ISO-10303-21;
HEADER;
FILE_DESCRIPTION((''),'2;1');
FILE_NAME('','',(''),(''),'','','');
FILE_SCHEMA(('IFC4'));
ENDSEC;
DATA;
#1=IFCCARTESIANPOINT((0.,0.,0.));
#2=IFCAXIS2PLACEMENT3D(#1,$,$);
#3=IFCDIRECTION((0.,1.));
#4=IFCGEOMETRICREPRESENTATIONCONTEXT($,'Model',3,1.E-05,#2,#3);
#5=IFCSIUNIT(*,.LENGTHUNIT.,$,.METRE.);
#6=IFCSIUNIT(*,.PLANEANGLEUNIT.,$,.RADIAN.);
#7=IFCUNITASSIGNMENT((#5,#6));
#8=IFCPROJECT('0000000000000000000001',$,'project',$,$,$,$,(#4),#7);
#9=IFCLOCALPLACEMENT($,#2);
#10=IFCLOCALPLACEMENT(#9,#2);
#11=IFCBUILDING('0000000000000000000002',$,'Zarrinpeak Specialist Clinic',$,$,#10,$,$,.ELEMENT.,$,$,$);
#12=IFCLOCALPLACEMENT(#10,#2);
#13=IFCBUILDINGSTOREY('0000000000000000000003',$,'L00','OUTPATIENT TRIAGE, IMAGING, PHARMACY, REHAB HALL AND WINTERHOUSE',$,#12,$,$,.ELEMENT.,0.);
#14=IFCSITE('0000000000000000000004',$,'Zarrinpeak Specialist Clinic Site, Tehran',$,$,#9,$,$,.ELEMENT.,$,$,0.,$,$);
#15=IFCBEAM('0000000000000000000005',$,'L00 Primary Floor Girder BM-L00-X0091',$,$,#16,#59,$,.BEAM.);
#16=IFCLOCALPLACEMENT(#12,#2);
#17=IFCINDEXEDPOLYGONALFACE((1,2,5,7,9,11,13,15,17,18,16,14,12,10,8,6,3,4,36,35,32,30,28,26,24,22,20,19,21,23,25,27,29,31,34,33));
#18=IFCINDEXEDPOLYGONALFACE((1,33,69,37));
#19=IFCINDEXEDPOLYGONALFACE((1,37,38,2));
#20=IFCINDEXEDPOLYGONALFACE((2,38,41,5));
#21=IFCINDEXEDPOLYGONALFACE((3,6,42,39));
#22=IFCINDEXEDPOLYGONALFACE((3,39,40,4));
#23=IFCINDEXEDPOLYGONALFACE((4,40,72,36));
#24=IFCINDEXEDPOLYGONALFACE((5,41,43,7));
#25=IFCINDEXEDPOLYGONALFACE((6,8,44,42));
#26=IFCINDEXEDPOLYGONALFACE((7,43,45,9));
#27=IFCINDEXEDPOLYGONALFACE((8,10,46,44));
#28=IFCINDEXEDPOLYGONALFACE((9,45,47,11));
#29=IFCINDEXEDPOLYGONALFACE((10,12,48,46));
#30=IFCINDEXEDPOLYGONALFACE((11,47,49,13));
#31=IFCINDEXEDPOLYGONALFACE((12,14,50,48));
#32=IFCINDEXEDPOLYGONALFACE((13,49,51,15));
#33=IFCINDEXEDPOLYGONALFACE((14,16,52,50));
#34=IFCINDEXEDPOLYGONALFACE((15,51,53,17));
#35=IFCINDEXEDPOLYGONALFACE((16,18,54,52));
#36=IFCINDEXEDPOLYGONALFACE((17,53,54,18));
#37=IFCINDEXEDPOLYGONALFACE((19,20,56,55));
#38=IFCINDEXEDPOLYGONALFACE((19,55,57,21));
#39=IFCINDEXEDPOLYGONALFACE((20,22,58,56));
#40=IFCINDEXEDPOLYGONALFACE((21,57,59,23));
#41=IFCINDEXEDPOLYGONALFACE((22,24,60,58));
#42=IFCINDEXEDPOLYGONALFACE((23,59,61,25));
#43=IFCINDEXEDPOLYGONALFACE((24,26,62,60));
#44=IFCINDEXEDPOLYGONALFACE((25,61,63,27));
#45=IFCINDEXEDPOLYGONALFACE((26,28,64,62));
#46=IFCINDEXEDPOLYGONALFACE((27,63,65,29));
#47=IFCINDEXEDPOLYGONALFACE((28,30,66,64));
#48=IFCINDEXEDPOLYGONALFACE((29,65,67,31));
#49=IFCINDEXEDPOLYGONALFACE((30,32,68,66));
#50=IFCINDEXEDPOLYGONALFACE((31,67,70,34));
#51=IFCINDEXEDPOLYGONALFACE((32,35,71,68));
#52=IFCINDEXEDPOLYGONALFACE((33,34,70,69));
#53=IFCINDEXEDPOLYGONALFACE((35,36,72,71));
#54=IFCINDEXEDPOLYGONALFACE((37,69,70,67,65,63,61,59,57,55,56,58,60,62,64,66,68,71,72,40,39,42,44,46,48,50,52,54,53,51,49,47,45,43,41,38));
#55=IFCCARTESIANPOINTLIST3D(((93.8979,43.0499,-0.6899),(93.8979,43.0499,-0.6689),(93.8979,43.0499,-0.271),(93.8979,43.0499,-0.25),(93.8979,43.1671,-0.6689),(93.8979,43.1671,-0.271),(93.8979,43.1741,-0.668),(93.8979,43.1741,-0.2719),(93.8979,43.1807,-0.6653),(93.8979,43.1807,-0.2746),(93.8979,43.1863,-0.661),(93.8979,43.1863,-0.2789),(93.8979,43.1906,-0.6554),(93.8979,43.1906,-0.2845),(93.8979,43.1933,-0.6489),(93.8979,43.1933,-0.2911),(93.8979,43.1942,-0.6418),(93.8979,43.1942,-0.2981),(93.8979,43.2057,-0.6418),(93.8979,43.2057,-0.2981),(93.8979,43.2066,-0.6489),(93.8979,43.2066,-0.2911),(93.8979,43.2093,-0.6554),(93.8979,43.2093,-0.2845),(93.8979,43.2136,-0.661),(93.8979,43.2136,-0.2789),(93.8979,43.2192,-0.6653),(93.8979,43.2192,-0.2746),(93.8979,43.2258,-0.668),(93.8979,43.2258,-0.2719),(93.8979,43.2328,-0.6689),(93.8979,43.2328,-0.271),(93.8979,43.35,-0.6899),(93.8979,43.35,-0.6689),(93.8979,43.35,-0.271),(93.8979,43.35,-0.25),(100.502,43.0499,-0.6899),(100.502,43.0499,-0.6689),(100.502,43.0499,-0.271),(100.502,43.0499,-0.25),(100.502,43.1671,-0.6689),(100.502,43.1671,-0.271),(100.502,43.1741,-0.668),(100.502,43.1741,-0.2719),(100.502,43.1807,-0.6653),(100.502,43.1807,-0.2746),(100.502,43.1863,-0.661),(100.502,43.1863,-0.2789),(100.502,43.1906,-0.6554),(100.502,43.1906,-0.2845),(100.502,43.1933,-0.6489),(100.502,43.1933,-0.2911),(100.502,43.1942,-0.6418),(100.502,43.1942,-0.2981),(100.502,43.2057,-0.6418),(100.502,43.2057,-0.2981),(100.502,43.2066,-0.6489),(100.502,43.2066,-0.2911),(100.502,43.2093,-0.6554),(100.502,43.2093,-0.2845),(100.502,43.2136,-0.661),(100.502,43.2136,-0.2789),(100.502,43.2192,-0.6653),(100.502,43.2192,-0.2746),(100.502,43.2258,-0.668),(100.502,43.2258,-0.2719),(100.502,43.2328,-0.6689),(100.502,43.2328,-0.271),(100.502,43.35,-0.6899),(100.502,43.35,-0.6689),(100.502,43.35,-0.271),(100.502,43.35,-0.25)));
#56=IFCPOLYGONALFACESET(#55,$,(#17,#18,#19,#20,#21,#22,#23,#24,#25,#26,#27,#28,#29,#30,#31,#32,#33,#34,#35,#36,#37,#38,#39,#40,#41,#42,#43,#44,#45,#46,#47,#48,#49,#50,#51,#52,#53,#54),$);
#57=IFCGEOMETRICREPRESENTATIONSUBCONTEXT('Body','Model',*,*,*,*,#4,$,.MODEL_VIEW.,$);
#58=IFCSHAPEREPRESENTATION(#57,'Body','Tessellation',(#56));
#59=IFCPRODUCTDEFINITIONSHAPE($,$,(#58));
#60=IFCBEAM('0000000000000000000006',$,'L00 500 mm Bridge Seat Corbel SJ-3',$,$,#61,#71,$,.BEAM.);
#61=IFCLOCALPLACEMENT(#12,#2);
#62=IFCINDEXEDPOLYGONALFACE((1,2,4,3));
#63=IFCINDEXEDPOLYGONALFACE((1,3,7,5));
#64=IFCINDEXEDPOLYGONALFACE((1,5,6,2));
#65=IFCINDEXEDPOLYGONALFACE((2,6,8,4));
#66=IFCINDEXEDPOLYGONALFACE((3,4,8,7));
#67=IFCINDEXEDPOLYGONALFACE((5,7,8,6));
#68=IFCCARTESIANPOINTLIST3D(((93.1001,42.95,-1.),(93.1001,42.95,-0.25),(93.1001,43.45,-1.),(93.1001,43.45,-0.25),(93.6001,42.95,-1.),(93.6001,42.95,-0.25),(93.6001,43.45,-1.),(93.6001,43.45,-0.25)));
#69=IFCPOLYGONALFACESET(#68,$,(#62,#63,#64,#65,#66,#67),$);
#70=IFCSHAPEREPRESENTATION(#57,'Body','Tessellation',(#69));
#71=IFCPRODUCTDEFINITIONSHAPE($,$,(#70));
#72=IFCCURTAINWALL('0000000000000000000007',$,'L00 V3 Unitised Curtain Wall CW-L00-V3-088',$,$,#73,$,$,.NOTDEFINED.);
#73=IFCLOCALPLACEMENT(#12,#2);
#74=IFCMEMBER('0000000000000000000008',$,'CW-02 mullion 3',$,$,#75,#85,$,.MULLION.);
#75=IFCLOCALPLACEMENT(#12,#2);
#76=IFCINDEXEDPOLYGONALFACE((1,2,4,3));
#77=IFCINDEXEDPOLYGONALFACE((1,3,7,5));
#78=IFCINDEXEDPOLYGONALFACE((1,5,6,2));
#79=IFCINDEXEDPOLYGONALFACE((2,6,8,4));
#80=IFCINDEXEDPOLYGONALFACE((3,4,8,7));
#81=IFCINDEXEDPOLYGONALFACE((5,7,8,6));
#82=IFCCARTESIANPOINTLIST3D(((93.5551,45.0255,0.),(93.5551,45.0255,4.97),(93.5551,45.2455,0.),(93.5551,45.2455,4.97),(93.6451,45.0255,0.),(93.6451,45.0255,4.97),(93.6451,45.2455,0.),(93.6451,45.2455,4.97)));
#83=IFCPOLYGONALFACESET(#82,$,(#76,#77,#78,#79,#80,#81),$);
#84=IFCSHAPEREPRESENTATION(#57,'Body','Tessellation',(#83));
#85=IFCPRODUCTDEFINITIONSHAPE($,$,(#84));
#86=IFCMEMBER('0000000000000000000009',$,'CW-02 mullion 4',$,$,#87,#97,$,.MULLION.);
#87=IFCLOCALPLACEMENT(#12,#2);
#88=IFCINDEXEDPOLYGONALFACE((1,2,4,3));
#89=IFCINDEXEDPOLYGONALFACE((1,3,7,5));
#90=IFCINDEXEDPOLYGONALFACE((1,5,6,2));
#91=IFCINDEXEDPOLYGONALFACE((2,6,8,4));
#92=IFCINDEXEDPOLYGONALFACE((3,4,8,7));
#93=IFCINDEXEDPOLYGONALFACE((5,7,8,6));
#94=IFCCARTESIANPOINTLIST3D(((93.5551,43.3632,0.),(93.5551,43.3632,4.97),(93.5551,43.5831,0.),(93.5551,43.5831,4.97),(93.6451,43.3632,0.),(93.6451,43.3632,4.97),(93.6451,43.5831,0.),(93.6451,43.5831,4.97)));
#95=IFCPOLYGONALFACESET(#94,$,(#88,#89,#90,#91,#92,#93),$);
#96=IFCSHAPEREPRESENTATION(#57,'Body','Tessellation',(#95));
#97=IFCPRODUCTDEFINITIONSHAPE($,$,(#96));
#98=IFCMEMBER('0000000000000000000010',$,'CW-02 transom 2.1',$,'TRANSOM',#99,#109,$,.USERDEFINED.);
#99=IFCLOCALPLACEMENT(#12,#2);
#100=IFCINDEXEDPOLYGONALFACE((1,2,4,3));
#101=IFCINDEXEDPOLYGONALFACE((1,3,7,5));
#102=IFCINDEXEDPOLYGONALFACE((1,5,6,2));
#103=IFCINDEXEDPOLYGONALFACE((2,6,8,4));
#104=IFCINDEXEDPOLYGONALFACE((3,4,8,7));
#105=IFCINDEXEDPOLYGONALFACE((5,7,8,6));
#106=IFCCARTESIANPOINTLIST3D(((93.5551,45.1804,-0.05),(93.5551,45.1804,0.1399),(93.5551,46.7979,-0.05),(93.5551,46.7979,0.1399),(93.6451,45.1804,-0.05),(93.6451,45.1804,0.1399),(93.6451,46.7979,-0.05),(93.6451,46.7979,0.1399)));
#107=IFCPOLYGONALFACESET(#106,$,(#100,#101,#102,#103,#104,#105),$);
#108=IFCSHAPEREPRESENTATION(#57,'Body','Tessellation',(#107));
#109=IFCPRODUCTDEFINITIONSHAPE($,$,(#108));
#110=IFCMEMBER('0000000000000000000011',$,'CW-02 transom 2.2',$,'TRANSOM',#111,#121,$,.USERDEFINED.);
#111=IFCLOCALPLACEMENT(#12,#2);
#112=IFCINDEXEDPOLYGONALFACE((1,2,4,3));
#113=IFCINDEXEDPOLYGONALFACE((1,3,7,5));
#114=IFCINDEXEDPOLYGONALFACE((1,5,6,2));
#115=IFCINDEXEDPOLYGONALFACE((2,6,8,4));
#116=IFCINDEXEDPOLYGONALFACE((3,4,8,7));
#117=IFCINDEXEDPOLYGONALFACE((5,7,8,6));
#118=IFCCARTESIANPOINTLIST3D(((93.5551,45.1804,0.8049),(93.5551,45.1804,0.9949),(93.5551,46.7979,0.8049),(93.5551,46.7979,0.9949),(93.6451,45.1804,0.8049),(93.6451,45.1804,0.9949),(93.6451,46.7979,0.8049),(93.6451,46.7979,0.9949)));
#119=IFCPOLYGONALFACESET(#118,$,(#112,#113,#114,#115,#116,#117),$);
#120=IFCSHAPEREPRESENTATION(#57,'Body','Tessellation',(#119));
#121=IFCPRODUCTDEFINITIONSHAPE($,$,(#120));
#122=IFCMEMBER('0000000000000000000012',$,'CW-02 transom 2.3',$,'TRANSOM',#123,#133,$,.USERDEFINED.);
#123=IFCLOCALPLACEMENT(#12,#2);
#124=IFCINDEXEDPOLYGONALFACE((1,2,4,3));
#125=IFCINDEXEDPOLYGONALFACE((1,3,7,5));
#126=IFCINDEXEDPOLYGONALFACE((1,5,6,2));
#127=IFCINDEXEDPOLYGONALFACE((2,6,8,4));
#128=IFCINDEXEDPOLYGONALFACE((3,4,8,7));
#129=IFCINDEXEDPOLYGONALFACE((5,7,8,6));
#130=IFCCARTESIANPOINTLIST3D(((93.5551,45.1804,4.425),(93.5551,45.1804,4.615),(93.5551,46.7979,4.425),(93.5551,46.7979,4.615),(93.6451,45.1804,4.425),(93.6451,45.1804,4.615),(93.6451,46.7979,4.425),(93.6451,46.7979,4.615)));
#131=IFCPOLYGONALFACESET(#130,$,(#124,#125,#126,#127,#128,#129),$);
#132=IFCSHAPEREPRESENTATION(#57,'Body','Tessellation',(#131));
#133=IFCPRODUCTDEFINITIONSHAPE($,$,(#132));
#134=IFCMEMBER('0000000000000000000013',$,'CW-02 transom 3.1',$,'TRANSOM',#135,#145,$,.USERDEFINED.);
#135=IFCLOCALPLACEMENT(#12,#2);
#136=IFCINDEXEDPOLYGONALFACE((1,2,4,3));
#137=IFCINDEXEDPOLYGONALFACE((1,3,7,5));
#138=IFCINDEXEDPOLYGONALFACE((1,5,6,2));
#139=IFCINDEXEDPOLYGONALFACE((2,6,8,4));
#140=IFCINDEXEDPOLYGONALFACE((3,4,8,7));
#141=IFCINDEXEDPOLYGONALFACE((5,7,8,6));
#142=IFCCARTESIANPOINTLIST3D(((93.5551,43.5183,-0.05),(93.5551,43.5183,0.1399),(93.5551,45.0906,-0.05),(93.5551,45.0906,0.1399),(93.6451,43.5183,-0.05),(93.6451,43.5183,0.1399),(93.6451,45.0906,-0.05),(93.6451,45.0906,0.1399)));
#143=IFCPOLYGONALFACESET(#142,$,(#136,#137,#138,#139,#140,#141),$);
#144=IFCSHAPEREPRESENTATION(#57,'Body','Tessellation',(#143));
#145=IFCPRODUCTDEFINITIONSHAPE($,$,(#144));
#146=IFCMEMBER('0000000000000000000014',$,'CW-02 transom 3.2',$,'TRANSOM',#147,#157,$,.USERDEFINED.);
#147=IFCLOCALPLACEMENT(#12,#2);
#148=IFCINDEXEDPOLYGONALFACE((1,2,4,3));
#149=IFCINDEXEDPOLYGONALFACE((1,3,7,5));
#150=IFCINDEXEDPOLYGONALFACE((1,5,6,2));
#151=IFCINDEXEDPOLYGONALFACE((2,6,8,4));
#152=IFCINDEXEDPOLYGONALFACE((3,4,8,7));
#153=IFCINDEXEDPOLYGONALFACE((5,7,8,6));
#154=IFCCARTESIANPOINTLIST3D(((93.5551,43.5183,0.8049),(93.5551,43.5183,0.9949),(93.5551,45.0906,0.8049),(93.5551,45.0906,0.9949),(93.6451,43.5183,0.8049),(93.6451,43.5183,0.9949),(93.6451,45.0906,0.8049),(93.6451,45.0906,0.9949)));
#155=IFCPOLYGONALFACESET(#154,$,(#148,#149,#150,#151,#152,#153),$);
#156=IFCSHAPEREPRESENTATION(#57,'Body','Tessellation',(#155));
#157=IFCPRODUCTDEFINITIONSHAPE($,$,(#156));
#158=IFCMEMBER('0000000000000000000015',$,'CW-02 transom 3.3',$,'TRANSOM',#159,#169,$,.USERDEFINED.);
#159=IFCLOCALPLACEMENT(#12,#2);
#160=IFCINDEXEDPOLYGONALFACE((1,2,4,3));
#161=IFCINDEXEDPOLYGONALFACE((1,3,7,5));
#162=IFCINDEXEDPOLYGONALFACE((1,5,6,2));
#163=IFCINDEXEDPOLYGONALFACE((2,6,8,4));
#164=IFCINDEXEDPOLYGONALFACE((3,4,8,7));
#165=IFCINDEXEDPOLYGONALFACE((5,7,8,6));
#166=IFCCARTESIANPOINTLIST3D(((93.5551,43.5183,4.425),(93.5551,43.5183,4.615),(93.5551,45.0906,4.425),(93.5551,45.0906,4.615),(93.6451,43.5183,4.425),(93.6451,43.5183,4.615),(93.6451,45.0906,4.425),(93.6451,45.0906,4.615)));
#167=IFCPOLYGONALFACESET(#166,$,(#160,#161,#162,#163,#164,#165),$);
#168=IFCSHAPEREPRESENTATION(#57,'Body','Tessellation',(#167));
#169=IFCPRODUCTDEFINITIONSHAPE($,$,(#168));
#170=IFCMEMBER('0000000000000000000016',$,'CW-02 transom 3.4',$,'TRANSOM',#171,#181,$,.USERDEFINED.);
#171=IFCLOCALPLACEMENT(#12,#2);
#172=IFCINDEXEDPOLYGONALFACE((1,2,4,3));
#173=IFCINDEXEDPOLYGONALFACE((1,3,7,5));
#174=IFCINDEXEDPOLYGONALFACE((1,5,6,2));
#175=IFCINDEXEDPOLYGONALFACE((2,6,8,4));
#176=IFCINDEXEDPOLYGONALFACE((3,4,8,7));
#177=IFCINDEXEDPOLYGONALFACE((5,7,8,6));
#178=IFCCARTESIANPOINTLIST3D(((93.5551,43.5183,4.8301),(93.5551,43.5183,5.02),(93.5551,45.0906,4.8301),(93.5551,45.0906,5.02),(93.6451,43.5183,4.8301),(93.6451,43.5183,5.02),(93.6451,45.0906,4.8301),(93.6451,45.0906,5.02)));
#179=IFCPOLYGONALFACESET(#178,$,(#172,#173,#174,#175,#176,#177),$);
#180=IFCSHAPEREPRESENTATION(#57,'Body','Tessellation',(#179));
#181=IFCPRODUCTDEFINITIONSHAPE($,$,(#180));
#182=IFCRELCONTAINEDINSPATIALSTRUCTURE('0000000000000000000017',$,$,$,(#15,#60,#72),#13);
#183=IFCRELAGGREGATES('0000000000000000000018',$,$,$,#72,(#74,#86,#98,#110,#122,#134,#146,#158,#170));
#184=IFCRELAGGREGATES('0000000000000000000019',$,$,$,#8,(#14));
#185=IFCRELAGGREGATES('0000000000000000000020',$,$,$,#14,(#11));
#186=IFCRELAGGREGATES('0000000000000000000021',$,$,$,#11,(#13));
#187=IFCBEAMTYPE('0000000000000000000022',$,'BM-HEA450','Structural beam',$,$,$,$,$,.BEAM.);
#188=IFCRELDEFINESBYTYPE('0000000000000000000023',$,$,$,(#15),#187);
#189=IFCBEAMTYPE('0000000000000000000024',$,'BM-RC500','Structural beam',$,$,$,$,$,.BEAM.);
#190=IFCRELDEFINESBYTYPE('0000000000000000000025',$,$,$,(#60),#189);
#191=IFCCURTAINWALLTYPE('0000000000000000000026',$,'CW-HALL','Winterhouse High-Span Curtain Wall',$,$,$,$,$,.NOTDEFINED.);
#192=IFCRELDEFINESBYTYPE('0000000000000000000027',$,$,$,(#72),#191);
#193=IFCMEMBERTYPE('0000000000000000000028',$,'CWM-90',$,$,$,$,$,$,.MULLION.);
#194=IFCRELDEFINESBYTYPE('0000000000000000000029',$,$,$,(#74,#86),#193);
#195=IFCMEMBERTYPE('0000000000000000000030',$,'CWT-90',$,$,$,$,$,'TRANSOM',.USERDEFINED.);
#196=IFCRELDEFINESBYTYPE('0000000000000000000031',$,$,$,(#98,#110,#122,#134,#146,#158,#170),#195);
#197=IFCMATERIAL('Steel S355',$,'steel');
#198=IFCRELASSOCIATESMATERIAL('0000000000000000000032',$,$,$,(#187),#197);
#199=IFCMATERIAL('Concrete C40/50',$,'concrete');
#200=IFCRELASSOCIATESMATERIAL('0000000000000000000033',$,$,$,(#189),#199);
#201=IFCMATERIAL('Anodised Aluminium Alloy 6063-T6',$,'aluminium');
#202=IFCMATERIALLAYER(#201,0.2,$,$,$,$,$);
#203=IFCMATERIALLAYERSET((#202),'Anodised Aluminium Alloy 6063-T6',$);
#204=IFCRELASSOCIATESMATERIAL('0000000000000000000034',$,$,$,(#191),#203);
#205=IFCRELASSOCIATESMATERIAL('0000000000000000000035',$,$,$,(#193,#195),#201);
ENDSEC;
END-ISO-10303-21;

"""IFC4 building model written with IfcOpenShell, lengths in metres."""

from ifc_helpers import new_model, si_unit, direction, frame, origin, origin_2d, place, context, subcontext, project, spatial, rectangle, i_section, extrude, material, layer, layer_set, material_profile, profile_set, type_object, element, aggregate, save


model = new_model("IFC4")

# Units and contexts
model_context = context("Model", 3, precision=1e-05, world=origin(), true_north=direction((0.0, 1.0)))
body_context = subcontext(model_context, "Body", "Model", "MODEL_VIEW")
ifc_project = project(units=[si_unit("LENGTHUNIT", "METRE"), si_unit("PLANEANGLEUNIT", "RADIAN")], contexts=[model_context])

# Site, building, storey
site_placement = place(None, origin())
site = spatial("IfcSite", under=ifc_project, at=site_placement, Name="Zarrinpeak Specialist Clinic Site, Tehran", CompositionType="ELEMENT", RefElevation=0.0)
building_placement = place(site_placement, origin())
building = spatial("IfcBuilding", under=site, at=building_placement, Name="Zarrinpeak Specialist Clinic", CompositionType="ELEMENT")
storey_placement = place(building_placement, origin())
storey = spatial("IfcBuildingStorey", under=building, at=storey_placement, Name="L00", Description="OUTPATIENT TRIAGE, IMAGING, PHARMACY, REHAB HALL AND WINTERHOUSE", CompositionType="ELEMENT", Elevation=0.0)

# Beams
ifc_material_1 = material(Name="Steel S355", Category="steel")
ifc_material_profile_1 = material_profile(ifc_material_1, i_section(OverallWidth=0.3, OverallDepth=0.4399, WebThickness=0.0115, FlangeThickness=0.021, FilletRadius=0.0271, at=origin_2d()), Name="HEA 450")
ifc_profile_set_1 = profile_set([ifc_material_profile_1], Name="Steel S355")
beam_type_1 = type_object("IfcBeamType", Name="BM-HEA450", Description="Structural beam", PredefinedType="BEAM", material=ifc_profile_set_1)
beam_1_placement = place(storey_placement, frame((93.8979, 43.2, -0.47), z_axis=(1.0, 0.0, 0.0), x_axis=(0.0, 1.0, 0.0)))
element("IfcBeam", 1, at=beam_1_placement, inside=storey, type_object=beam_type_1, Name="L00 Primary Floor Girder BM-L00-X0091", PredefinedType="BEAM", context=body_context, shape_type="SweptSolid", body=[
    extrude(i_section(OverallWidth=0.3, OverallDepth=0.4399, WebThickness=0.0115, FlangeThickness=0.021, FilletRadius=0.0271, at=origin_2d()), origin(), (0.0, 0.0, 1.0), 6.604),
])
ifc_material_2 = material(Name="Concrete C40/50", Category="concrete")
ifc_material_profile_2 = material_profile(ifc_material_2, rectangle(XDim=0.5, YDim=0.75, at=origin_2d()), Name="RC 500x750")
ifc_profile_set_2 = profile_set([ifc_material_profile_2], Name="Concrete C40/50")
beam_type_2 = type_object("IfcBeamType", Name="BM-RC500", Description="Structural beam", PredefinedType="BEAM", material=ifc_profile_set_2)
beam_2_placement = place(storey_placement, frame((93.6001, 43.2, -0.625), z_axis=(-1.0, 0.0, 0.0), x_axis=(0.0, -1.0, 0.0)))
element("IfcBeam", 2, at=beam_2_placement, inside=storey, type_object=beam_type_2, Name="L00 500 mm Bridge Seat Corbel SJ-3", PredefinedType="BEAM", context=body_context, shape_type="SweptSolid", body=[
    extrude(rectangle(XDim=0.5, YDim=0.75, at=origin_2d()), origin(), (0.0, 0.0, 1.0), 0.5),
])

# Curtain wall, members
ifc_material_3 = material(Name="Anodised Aluminium Alloy 6063-T6", Category="aluminium")
ifc_layer_1 = layer(ifc_material_3, 0.2)
ifc_layer_set_1 = layer_set([ifc_layer_1], Name="Anodised Aluminium Alloy 6063-T6")
curtain_wall_type = type_object("IfcCurtainWallType", Name="CW-HALL", Description="Winterhouse High-Span Curtain Wall", PredefinedType="NOTDEFINED", material=ifc_layer_set_1)
curtain_wall_placement = place(storey_placement, origin())
curtain_wall = element("IfcCurtainWall", 3, at=curtain_wall_placement, inside=storey, type_object=curtain_wall_type, Name="L00 V3 Unitised Curtain Wall CW-L00-V3-088", PredefinedType="NOTDEFINED")
ifc_material_profile_3 = material_profile(ifc_material_3, rectangle(XDim=0.0901, YDim=0.22, at=origin_2d()), Name="ALU 90x220")
ifc_profile_set_3 = profile_set([ifc_material_profile_3], Name="Anodised Aluminium Alloy 6063-T6")
member_type_1 = type_object("IfcMemberType", Name="CWM-90", PredefinedType="MULLION", material=ifc_profile_set_3)
member_1_placement = place(storey_placement, frame((93.6001, 45.1355, 0.0), z_axis=(0.0, 0.0, 1.0), x_axis=(1.0, 0.0, 0.0)))
member_1 = element("IfcMember", 4, at=member_1_placement, type_object=member_type_1, Name="CW-02 mullion 3", PredefinedType="MULLION", context=body_context, shape_type="SweptSolid", body=[
    extrude(rectangle(XDim=0.0901, YDim=0.22, at=origin_2d()), origin(), (0.0, 0.0, 1.0), 4.97),
])
member_2_placement = place(storey_placement, frame((93.6001, 43.4731, 0.0), z_axis=(0.0, 0.0, 1.0), x_axis=(1.0, 0.0, 0.0)))
member_2 = element("IfcMember", 5, at=member_2_placement, type_object=member_type_1, Name="CW-02 mullion 4", PredefinedType="MULLION", context=body_context, shape_type="SweptSolid", body=[
    extrude(rectangle(XDim=0.0901, YDim=0.22, at=origin_2d()), origin(), (0.0, 0.0, 1.0), 4.97),
])
ifc_material_profile_4 = material_profile(ifc_material_3, rectangle(XDim=0.0901, YDim=0.1899, at=origin_2d()), Name="ALU 90x190")
ifc_profile_set_4 = profile_set([ifc_material_profile_4], Name="Anodised Aluminium Alloy 6063-T6")
member_type_2 = type_object("IfcMemberType", Name="CWT-90", ElementType="TRANSOM", PredefinedType="USERDEFINED", material=ifc_profile_set_4)
member_3_placement = place(storey_placement, frame((93.6001, 46.7979, 0.0449), z_axis=(0.0, -1.0, 0.0), x_axis=(1.0, 0.0, 0.0)))
member_3 = element("IfcMember", 6, at=member_3_placement, type_object=member_type_2, Name="CW-02 transom 2.1", ObjectType="TRANSOM", PredefinedType="USERDEFINED", context=body_context, shape_type="SweptSolid", body=[
    extrude(rectangle(XDim=0.0901, YDim=0.1899, at=origin_2d()), origin(), (0.0, 0.0, 1.0), 1.6174),
])
member_4_placement = place(storey_placement, frame((93.6001, 46.7979, 0.8999), z_axis=(0.0, -1.0, 0.0), x_axis=(1.0, 0.0, 0.0)))
member_4 = element("IfcMember", 7, at=member_4_placement, type_object=member_type_2, Name="CW-02 transom 2.2", ObjectType="TRANSOM", PredefinedType="USERDEFINED", context=body_context, shape_type="SweptSolid", body=[
    extrude(rectangle(XDim=0.0901, YDim=0.1899, at=origin_2d()), origin(), (0.0, 0.0, 1.0), 1.6174),
])
member_5_placement = place(storey_placement, frame((93.6001, 46.7979, 4.52), z_axis=(0.0, -1.0, 0.0), x_axis=(1.0, 0.0, 0.0)))
member_5 = element("IfcMember", 8, at=member_5_placement, type_object=member_type_2, Name="CW-02 transom 2.3", ObjectType="TRANSOM", PredefinedType="USERDEFINED", context=body_context, shape_type="SweptSolid", body=[
    extrude(rectangle(XDim=0.0901, YDim=0.1899, at=origin_2d()), origin(), (0.0, 0.0, 1.0), 1.6174),
])
member_6_placement = place(storey_placement, frame((93.6001, 45.0906, 0.0449), z_axis=(0.0, -1.0, 0.0), x_axis=(1.0, 0.0, 0.0)))
member_6 = element("IfcMember", 9, at=member_6_placement, type_object=member_type_2, Name="CW-02 transom 3.1", ObjectType="TRANSOM", PredefinedType="USERDEFINED", context=body_context, shape_type="SweptSolid", body=[
    extrude(rectangle(XDim=0.0901, YDim=0.1899, at=origin_2d()), origin(), (0.0, 0.0, 1.0), 1.5723),
])
member_7_placement = place(storey_placement, frame((93.6001, 45.0906, 0.8999), z_axis=(0.0, -1.0, 0.0), x_axis=(1.0, 0.0, 0.0)))
member_7 = element("IfcMember", 10, at=member_7_placement, type_object=member_type_2, Name="CW-02 transom 3.2", ObjectType="TRANSOM", PredefinedType="USERDEFINED", context=body_context, shape_type="SweptSolid", body=[
    extrude(rectangle(XDim=0.0901, YDim=0.1899, at=origin_2d()), origin(), (0.0, 0.0, 1.0), 1.5723),
])
member_8_placement = place(storey_placement, frame((93.6001, 45.0906, 4.52), z_axis=(0.0, -1.0, 0.0), x_axis=(1.0, 0.0, 0.0)))
member_8 = element("IfcMember", 11, at=member_8_placement, type_object=member_type_2, Name="CW-02 transom 3.3", ObjectType="TRANSOM", PredefinedType="USERDEFINED", context=body_context, shape_type="SweptSolid", body=[
    extrude(rectangle(XDim=0.0901, YDim=0.1899, at=origin_2d()), origin(), (0.0, 0.0, 1.0), 1.5723),
])
member_9_placement = place(storey_placement, frame((93.6001, 45.0906, 4.925), z_axis=(0.0, -1.0, 0.0), x_axis=(1.0, 0.0, 0.0)))
member_9 = element("IfcMember", 12, at=member_9_placement, type_object=member_type_2, Name="CW-02 transom 3.4", ObjectType="TRANSOM", PredefinedType="USERDEFINED", context=body_context, shape_type="SweptSolid", body=[
    extrude(rectangle(XDim=0.0901, YDim=0.1899, at=origin_2d()), origin(), (0.0, 0.0, 1.0), 1.5723),
])
aggregate(curtain_wall, [member_1, member_2, member_3, member_4, member_5, member_6, member_7, member_8, member_9])

save(model, "model.ifc")
